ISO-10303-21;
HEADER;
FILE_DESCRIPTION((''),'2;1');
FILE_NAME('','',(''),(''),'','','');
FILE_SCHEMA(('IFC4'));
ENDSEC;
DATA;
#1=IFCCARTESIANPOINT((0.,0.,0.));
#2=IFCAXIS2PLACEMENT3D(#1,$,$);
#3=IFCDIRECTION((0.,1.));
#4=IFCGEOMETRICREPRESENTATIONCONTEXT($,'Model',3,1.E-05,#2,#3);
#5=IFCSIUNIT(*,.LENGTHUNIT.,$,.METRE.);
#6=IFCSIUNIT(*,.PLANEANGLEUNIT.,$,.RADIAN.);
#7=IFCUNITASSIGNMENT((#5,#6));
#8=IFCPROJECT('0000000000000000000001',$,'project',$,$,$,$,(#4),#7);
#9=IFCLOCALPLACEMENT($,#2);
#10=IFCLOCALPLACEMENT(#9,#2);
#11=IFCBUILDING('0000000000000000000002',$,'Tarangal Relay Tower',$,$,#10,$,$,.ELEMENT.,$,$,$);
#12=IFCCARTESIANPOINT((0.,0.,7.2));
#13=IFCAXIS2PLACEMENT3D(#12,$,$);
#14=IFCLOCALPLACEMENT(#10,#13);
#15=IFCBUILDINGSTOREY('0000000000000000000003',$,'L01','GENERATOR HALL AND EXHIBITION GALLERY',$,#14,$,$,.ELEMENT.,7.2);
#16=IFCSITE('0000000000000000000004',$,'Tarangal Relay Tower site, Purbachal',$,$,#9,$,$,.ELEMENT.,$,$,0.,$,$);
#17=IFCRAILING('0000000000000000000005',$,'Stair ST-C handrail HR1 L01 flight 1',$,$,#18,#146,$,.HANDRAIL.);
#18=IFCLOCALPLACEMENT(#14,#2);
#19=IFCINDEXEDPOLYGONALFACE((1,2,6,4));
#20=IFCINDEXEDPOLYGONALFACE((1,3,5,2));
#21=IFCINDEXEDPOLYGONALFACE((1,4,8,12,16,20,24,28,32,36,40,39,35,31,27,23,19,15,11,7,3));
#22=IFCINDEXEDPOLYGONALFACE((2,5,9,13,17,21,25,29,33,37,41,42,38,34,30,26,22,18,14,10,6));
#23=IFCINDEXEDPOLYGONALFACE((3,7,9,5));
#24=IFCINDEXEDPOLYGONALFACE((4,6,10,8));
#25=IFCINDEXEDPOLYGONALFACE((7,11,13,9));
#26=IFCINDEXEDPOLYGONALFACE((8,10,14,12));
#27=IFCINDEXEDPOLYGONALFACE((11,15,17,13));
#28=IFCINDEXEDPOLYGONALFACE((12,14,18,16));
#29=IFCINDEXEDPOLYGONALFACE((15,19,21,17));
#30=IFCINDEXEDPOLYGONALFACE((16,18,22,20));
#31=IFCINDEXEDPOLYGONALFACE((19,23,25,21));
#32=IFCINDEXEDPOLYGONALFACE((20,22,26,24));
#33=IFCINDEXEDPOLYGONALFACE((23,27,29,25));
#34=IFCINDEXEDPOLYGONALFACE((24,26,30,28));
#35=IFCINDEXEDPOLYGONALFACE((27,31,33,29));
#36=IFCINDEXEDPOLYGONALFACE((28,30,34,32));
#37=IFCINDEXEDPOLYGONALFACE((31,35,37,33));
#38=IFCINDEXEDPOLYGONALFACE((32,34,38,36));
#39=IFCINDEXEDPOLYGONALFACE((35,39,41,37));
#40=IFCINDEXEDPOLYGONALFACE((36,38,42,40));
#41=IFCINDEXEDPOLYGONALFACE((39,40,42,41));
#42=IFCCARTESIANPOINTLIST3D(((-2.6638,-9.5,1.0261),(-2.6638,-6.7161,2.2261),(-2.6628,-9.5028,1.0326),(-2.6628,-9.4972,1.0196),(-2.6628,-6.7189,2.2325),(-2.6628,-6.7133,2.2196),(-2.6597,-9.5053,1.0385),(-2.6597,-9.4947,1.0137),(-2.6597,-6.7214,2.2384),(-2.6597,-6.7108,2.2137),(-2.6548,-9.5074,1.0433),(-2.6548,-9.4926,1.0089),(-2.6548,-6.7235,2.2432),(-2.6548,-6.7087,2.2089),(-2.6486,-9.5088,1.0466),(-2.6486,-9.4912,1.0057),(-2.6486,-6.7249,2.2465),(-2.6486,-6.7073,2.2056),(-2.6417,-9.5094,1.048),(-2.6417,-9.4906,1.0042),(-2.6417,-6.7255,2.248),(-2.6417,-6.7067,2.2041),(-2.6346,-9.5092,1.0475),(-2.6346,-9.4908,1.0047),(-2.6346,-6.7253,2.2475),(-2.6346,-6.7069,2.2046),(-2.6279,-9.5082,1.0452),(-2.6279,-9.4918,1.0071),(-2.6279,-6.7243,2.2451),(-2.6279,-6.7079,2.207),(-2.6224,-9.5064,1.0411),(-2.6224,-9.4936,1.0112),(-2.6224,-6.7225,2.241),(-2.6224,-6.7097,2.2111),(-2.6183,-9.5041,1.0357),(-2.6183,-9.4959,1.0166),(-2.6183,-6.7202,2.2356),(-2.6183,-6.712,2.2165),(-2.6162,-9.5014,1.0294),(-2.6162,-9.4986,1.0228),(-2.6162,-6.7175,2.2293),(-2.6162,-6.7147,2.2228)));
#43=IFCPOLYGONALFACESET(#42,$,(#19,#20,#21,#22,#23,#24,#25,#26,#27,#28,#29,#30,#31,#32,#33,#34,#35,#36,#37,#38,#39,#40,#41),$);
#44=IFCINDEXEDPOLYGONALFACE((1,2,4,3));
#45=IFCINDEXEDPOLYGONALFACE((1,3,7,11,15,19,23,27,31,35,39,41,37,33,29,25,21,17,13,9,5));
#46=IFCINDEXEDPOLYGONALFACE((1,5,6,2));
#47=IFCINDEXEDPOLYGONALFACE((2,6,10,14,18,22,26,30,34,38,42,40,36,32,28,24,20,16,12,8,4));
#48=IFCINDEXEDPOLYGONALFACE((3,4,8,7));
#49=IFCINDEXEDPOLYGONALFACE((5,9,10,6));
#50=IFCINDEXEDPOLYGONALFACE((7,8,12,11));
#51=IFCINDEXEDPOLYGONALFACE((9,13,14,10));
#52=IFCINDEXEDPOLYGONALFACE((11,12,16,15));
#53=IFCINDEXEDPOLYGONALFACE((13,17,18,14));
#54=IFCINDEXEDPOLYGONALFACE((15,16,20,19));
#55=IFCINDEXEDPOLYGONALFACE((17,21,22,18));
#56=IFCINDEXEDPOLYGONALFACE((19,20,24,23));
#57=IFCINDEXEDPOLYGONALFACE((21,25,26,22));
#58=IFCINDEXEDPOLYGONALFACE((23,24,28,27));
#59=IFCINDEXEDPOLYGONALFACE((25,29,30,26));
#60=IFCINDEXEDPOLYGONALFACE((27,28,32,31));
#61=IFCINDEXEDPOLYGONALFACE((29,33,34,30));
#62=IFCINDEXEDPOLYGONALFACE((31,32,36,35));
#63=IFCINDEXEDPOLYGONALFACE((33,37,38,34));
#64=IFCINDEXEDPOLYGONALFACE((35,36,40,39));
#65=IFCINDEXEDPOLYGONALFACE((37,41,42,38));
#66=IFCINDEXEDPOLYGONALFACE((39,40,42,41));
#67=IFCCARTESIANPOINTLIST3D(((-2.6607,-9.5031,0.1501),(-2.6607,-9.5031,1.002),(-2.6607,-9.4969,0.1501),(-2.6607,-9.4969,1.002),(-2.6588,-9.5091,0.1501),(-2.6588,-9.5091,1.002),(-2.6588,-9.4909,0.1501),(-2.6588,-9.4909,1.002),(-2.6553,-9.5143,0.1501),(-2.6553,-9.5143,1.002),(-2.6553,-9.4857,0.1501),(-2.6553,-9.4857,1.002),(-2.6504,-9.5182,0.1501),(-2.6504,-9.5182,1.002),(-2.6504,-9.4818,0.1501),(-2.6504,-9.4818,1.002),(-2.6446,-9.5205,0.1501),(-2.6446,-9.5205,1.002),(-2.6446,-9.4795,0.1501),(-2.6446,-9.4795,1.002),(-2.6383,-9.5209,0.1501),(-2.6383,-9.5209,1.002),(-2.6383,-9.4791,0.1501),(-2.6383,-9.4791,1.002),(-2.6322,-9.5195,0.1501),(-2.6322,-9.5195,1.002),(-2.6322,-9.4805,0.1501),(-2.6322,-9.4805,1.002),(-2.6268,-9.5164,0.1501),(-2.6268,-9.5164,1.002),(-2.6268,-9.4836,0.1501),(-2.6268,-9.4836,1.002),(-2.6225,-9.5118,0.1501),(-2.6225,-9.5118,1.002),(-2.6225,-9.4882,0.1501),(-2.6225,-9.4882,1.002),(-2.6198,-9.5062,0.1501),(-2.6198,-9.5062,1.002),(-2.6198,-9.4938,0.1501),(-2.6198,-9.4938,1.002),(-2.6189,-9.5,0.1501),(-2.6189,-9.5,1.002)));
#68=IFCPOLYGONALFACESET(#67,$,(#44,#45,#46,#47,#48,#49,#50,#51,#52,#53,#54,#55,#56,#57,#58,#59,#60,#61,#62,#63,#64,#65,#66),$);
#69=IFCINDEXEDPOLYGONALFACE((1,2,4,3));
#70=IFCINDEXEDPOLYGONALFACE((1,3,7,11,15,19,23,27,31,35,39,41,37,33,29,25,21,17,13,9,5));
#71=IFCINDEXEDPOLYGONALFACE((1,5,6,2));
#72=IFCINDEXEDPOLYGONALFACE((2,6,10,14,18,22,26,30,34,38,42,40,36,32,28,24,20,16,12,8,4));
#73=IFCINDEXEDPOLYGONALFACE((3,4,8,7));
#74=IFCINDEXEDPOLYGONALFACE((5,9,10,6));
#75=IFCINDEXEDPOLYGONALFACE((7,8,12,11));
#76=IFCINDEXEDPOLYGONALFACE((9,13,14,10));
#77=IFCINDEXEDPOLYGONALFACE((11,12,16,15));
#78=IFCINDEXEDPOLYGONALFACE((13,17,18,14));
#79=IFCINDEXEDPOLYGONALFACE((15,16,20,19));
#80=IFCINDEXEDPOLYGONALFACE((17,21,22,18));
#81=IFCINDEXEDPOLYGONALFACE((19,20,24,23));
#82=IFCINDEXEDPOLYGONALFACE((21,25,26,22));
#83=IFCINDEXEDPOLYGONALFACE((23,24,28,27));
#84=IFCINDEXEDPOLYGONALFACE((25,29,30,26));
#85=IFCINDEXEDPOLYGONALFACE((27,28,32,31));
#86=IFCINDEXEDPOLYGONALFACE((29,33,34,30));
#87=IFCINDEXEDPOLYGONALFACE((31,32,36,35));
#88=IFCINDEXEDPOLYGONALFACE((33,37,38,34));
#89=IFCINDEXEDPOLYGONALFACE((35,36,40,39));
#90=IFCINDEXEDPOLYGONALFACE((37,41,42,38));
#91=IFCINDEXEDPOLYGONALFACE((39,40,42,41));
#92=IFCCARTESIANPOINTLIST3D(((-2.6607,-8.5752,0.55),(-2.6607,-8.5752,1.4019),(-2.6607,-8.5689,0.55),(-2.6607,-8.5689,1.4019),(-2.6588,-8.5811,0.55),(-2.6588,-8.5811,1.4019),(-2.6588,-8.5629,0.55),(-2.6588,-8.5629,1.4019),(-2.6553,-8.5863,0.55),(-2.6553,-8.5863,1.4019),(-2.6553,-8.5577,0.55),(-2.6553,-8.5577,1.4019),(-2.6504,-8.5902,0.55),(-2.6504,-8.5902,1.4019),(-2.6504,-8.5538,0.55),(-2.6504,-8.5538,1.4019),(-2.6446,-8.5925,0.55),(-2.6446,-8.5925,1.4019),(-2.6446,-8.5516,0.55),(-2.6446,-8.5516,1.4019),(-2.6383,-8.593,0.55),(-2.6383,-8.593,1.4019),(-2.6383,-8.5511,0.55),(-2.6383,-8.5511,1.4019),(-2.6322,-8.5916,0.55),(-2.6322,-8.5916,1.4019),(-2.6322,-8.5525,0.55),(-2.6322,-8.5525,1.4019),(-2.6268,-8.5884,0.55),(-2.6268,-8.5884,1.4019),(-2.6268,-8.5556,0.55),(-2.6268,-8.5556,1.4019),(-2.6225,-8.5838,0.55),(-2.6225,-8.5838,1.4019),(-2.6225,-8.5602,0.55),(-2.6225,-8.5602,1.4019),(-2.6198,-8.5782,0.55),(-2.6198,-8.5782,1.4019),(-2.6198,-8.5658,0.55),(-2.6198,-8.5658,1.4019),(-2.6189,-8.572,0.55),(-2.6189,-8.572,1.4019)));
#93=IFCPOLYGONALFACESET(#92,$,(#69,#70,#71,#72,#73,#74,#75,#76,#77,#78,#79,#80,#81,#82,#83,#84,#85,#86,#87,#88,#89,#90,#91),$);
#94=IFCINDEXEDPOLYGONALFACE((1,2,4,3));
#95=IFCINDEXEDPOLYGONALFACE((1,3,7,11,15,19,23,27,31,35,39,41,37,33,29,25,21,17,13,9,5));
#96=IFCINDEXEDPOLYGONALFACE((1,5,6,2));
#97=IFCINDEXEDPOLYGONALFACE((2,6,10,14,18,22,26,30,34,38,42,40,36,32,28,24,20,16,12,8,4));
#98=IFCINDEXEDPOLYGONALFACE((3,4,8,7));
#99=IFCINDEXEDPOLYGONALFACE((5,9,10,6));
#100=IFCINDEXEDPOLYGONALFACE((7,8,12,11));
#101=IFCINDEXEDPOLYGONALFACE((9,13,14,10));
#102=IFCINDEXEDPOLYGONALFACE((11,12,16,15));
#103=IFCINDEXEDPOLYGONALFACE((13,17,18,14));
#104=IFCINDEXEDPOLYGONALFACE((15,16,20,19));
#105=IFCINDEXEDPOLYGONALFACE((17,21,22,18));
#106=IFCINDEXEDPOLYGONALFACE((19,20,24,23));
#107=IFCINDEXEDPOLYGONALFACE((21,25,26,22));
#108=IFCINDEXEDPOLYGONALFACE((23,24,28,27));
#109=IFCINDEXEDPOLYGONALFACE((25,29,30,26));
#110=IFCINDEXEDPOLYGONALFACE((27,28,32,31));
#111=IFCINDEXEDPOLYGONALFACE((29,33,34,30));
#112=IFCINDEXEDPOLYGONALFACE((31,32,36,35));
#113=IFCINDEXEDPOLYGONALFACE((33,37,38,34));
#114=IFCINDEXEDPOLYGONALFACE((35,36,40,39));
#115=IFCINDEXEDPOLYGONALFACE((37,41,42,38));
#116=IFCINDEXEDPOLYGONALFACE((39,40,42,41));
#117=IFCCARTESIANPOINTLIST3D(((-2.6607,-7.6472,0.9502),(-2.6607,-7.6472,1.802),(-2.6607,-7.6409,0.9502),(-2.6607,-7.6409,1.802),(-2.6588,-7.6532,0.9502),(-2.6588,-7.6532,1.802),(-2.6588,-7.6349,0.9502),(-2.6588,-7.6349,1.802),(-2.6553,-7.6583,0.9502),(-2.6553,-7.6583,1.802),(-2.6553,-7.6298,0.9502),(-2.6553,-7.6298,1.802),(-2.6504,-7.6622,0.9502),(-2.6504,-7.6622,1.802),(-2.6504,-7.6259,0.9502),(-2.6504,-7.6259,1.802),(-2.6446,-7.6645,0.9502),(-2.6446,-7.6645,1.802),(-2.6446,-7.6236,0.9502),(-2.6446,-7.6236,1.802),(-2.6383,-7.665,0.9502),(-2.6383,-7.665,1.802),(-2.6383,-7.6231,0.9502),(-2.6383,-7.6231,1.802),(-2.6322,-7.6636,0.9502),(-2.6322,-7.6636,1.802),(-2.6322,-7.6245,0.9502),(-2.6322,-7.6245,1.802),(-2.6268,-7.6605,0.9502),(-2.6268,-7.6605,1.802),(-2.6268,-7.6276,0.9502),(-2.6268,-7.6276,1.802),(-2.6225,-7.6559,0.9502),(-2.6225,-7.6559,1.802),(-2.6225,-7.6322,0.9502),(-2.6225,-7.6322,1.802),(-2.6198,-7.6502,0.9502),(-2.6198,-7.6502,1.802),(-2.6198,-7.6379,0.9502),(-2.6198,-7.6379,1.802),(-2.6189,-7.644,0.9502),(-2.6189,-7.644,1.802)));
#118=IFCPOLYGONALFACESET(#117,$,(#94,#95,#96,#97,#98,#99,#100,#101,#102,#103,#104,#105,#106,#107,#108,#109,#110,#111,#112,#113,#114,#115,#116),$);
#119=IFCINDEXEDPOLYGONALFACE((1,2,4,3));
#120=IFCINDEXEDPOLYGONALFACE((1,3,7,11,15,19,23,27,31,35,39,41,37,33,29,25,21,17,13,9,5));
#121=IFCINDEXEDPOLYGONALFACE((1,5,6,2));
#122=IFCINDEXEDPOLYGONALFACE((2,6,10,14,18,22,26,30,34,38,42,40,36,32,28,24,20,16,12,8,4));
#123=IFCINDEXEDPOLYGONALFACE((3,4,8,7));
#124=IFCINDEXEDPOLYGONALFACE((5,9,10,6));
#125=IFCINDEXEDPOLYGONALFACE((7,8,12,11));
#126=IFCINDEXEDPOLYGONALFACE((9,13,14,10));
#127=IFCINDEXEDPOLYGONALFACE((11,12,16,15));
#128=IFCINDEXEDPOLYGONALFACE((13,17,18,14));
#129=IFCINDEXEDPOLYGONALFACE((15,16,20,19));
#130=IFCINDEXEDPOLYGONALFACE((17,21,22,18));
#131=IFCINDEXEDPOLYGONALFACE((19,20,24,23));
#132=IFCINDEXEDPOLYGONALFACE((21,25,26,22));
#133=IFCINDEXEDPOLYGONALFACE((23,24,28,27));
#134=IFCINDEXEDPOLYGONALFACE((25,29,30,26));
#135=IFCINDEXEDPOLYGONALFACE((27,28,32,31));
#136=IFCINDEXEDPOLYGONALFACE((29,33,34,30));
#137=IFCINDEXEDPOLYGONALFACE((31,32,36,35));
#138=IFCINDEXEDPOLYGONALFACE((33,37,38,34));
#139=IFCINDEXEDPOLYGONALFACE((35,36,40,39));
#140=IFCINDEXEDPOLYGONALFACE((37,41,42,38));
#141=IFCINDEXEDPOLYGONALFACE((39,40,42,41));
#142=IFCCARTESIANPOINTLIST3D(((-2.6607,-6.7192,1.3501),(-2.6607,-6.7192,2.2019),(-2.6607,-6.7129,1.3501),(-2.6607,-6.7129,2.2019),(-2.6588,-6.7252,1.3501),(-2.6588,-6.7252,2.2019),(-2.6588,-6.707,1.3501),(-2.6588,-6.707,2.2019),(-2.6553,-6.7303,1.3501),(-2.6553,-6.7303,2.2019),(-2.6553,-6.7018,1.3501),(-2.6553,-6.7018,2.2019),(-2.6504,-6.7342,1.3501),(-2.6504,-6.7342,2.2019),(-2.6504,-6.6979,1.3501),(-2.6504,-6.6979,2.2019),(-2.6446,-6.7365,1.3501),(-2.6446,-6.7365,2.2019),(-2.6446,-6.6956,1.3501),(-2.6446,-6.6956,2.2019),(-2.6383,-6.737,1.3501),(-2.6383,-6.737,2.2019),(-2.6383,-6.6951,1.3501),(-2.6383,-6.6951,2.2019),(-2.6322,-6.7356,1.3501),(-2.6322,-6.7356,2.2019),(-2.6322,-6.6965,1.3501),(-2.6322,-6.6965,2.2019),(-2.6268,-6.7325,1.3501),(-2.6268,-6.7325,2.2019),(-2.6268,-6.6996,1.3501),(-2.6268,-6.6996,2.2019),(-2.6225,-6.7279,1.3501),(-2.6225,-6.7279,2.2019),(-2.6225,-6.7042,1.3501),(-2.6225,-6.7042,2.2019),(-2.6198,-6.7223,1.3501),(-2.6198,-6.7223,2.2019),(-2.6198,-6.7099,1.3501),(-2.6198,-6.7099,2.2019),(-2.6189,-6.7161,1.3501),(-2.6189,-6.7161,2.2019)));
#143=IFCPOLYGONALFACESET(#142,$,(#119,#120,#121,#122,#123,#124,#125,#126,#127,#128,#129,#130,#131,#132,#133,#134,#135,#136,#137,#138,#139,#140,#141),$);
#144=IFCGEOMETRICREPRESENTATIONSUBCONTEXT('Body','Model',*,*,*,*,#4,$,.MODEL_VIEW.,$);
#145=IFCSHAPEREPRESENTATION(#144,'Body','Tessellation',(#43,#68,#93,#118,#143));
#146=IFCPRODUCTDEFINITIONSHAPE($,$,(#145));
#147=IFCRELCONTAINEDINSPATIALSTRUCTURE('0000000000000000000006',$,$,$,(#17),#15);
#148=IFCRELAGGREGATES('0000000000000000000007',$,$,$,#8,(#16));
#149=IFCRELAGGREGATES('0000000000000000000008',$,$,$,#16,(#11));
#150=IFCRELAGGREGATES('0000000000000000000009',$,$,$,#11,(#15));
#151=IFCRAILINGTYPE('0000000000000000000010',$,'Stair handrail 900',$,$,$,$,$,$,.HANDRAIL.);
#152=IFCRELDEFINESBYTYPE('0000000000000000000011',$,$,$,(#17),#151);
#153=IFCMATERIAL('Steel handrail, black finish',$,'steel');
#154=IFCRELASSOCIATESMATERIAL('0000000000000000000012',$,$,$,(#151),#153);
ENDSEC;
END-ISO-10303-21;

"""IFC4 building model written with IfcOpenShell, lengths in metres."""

from ifc_helpers import new_model, si_unit, direction, frame, origin, origin_2d, place, context, subcontext, project, spatial, circle, extrude, material, type_object, element, save


model = new_model("IFC4")

# Units and contexts
model_context = context("Model", 3, precision=1e-05, world=origin(), true_north=direction((0.0, 1.0)))
body_context = subcontext(model_context, "Body", "Model", "MODEL_VIEW")
ifc_project = project(units=[si_unit("LENGTHUNIT", "METRE"), si_unit("PLANEANGLEUNIT", "RADIAN")], contexts=[model_context])

# Site, building, storey
site_placement = place(None, origin())
site = spatial("IfcSite", under=ifc_project, at=site_placement, Name="Tarangal Relay Tower site, Purbachal", CompositionType="ELEMENT", RefElevation=0.0)
building_placement = place(site_placement, origin())
building = spatial("IfcBuilding", under=site, at=building_placement, Name="Tarangal Relay Tower", CompositionType="ELEMENT")
storey_placement = place(building_placement, frame((0.0, 0.0, 7.2)))
storey = spatial("IfcBuildingStorey", under=building, at=storey_placement, Name="L01", Description="GENERATOR HALL AND EXHIBITION GALLERY", CompositionType="ELEMENT", Elevation=7.2)

# Railing
ifc_material_1 = material(Name="Steel handrail, black finish", Category="steel")
railing_type_1 = type_object("IfcRailingType", Name="Stair handrail 900", PredefinedType="HANDRAIL", material=ifc_material_1)
for number, where, name in (
    (1, (-2.6399, -9.5, 0.1501), "Stair ST-C handrail HR1 L01 flight 1"),
):
    element("IfcRailing", number, at=place(storey_placement, frame(where)), inside=storey, type_object=railing_type_1, Name=name, PredefinedType="HANDRAIL", context=body_context, shape_type="SweptSolid", body=[
        extrude(circle(Radius=0.0239, at=origin_2d()), frame((0.0, 0.0, 0.876), z_axis=(0.0, 0.918327, 0.395823), x_axis=(-1.0, 0.0, 0.0)), (0.0, 0.0, 1.0), 3.0315),
        extrude(circle(Radius=0.021, at=origin_2d()), origin(), (0.0, 0.0, 1.0), 0.8518),
        extrude(circle(Radius=0.021, at=origin_2d()), frame((0.0, 0.928, 0.3999)), (0.0, 0.0, 1.0), 0.8518),
        extrude(circle(Radius=0.021, at=origin_2d()), frame((0.0, 1.856, 0.8)), (0.0, 0.0, 1.0), 0.8518),
        extrude(circle(Radius=0.021, at=origin_2d()), frame((0.0, 2.7839, 1.2)), (0.0, 0.0, 1.0), 0.8518),
    ])

save(model, "model.ifc")
